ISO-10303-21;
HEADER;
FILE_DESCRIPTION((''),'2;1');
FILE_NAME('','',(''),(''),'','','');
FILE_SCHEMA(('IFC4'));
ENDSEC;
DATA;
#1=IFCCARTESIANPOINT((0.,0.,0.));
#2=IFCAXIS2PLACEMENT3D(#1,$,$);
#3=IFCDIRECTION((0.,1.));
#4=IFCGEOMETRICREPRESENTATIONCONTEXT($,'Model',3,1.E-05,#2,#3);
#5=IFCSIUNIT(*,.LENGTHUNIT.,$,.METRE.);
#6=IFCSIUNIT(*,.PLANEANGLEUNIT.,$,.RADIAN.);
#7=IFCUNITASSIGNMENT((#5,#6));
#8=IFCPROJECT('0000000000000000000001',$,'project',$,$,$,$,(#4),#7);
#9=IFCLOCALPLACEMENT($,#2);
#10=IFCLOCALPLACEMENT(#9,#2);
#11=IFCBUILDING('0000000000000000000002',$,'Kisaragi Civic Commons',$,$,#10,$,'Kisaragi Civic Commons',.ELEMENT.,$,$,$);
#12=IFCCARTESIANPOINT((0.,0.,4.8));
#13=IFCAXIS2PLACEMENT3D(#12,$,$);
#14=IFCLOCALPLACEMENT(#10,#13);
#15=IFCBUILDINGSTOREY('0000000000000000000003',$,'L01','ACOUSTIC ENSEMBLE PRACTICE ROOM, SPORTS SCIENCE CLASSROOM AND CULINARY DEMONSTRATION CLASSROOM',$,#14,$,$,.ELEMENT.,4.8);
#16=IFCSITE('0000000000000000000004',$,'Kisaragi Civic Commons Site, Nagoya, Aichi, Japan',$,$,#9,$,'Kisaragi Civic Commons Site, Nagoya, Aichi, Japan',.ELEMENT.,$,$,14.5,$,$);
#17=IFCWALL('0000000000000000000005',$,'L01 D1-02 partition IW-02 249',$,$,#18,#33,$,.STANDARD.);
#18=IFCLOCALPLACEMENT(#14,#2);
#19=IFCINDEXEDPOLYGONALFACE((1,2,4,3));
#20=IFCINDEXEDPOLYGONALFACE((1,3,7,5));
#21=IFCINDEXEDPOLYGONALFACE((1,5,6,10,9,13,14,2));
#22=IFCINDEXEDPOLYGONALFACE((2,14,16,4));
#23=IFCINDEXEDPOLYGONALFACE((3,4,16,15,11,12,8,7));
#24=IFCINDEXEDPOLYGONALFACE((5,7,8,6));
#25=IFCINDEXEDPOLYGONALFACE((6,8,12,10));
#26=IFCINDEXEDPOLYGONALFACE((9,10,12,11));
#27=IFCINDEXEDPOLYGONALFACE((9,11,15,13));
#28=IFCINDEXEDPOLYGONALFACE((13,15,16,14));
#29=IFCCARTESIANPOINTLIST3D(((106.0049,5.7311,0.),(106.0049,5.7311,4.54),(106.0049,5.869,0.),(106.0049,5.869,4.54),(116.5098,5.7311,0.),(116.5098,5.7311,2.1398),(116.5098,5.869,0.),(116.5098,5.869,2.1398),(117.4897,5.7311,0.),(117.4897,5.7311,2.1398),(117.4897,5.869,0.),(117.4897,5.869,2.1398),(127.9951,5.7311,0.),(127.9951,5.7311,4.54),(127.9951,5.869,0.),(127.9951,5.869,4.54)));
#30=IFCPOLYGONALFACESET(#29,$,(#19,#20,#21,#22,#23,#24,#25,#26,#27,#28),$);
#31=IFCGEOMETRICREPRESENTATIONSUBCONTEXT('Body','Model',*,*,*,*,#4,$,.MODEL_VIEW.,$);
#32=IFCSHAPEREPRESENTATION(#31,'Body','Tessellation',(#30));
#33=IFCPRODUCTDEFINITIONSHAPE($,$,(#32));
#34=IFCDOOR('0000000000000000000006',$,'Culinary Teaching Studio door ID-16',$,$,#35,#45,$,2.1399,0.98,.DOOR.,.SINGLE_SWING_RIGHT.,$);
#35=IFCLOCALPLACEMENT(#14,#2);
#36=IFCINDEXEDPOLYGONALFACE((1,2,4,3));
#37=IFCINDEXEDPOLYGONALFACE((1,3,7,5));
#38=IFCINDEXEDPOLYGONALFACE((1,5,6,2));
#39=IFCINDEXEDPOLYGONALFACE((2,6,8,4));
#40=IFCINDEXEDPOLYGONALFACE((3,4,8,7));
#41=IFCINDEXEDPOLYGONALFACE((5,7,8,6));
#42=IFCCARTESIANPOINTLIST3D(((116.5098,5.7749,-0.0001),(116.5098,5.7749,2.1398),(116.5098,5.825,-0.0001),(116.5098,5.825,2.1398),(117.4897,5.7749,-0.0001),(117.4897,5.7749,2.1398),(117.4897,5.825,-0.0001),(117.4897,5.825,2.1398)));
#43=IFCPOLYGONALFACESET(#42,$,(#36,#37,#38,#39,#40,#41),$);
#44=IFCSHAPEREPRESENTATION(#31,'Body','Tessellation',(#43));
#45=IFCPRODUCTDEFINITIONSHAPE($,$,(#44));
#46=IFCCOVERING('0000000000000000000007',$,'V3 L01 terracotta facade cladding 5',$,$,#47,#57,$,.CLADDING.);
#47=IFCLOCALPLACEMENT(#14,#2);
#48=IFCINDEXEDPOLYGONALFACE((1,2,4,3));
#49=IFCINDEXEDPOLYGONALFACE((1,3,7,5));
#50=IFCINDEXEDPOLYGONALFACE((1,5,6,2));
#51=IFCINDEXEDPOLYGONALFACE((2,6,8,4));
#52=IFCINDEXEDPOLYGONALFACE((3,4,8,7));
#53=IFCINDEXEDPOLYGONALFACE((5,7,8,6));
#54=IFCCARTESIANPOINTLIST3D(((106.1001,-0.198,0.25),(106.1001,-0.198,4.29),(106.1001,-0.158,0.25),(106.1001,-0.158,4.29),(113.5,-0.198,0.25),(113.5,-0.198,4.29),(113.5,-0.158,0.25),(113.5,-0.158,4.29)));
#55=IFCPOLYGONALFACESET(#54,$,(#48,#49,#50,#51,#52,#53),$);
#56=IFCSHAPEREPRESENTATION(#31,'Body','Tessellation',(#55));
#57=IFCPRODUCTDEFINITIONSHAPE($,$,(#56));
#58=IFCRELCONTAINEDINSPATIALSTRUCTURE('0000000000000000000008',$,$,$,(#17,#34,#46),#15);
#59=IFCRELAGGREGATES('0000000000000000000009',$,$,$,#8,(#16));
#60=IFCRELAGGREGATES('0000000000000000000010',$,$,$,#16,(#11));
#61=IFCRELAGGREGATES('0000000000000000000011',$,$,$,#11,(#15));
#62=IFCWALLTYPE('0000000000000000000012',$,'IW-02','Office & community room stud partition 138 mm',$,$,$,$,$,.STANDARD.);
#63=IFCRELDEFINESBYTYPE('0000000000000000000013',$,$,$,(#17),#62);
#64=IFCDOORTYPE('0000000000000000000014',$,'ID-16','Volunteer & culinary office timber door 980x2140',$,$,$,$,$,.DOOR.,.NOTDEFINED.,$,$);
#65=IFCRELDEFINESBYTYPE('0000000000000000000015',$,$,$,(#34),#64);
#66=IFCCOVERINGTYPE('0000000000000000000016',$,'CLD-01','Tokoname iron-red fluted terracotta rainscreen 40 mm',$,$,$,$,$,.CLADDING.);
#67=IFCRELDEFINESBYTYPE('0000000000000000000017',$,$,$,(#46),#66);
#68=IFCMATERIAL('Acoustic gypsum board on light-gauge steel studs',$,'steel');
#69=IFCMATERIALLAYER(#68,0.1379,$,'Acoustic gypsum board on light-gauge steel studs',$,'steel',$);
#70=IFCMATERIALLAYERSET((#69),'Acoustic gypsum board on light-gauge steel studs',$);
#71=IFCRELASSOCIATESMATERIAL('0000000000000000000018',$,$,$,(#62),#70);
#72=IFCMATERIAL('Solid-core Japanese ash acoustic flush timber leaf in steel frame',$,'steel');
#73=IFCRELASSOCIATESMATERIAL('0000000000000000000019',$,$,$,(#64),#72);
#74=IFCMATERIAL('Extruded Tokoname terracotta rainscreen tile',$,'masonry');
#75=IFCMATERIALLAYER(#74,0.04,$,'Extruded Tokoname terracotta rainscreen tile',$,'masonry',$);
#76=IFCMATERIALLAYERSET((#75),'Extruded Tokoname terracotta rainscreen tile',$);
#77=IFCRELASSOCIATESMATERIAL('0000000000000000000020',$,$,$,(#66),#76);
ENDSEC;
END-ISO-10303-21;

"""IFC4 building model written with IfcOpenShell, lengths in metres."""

from ifc_helpers import new_model, si_unit, direction, frame, frame_2d, origin, origin_2d, place, context, subcontext, project, spatial, rectangle, extrude, material, layer, layer_set, type_object, element, fill, save


model = new_model("IFC4")

# Units and contexts
model_context = context("Model", 3, precision=1e-05, world=origin(), true_north=direction((0.0, 1.0)))
body_context = subcontext(model_context, "Body", "Model", "MODEL_VIEW")
ifc_project = project(units=[si_unit("LENGTHUNIT", "METRE"), si_unit("PLANEANGLEUNIT", "RADIAN")], contexts=[model_context])

# Site, building, storey
site_placement = place(None, origin())
site = spatial("IfcSite", under=ifc_project, at=site_placement, Name="Kisaragi Civic Commons Site, Nagoya, Aichi, Japan", LongName="Kisaragi Civic Commons Site, Nagoya, Aichi, Japan", CompositionType="ELEMENT", RefElevation=14.5)
building_placement = place(site_placement, origin())
building = spatial("IfcBuilding", under=site, at=building_placement, Name="Kisaragi Civic Commons", LongName="Kisaragi Civic Commons", CompositionType="ELEMENT")
storey_placement = place(building_placement, frame((0.0, 0.0, 4.8)))
storey = spatial("IfcBuildingStorey", under=building, at=storey_placement, Name="L01", Description="ACOUSTIC ENSEMBLE PRACTICE ROOM, SPORTS SCIENCE CLASSROOM AND CULINARY DEMONSTRATION CLASSROOM", CompositionType="ELEMENT", Elevation=4.8)

# Shared definitions
ifc_material_1 = material(Name="Acoustic gypsum board on light-gauge steel studs", Category="steel")
ifc_layer_1 = layer(ifc_material_1, 0.1379, Name="Acoustic gypsum board on light-gauge steel studs", Category="steel")
ifc_layer_set_1 = layer_set([ifc_layer_1], Name="Acoustic gypsum board on light-gauge steel studs")
wall_type_1 = type_object("IfcWallType", Name="IW-02", Description="Office & community room stud partition 138 mm", PredefinedType="STANDARD", material=ifc_layer_set_1)

# Wall, opening, door
wall_1_placement = place(storey_placement, frame((106.0049, 5.8, 0.0), z_axis=(0.0, 0.0, 1.0), x_axis=(1.0, 0.0, 0.0)))
wall_1 = element("IfcWall", 1, at=wall_1_placement, inside=storey, type_object=wall_type_1, Name="L01 D1-02 partition IW-02 249", PredefinedType="STANDARD", context=body_context, shape_type="SweptSolid", body=[
    extrude(rectangle(XDim=21.9902, YDim=0.1379, at=frame_2d((10.9951, 0.0))), origin(), (0.0, 0.0, 1.0), 4.54),
])
opening_placement = place(wall_1_placement, frame((10.5049, 0.0, 0.0)))
opening = element("IfcOpeningElement", 2, at=opening_placement, cuts=wall_1, PredefinedType="OPENING", context=body_context, shape_type="SweptSolid", body=[
    extrude(rectangle(XDim=0.98, YDim=2.1399, at=frame_2d((0.49, 1.0698))), frame((0.0, 0.0789, 0.0), z_axis=(0.0, -1.0, 0.0), x_axis=(1.0, 0.0, 0.0)), (0.0, 0.0, 1.0), 0.158),
])
ifc_material_2 = material(Name="Solid-core Japanese ash acoustic flush timber leaf in steel frame", Category="steel")
door_type = type_object("IfcDoorType", Name="ID-16", Description="Volunteer & culinary office timber door 980x2140", OperationType="NOTDEFINED", PredefinedType="DOOR", material=ifc_material_2)
door_placement = place(opening_placement, origin())
door = element("IfcDoor", 3, at=door_placement, inside=storey, type_object=door_type, Name="Culinary Teaching Studio door ID-16", OperationType="SINGLE_SWING_RIGHT", OverallHeight=2.1399, OverallWidth=0.98, PredefinedType="DOOR", context=body_context, shape_type="SweptSolid", body=[
    extrude(rectangle(XDim=0.98, YDim=2.1399, at=frame_2d((0.49, 1.0698))), frame((0.0, 0.0249, 0.0), z_axis=(0.0, -1.0, 0.0), x_axis=(1.0, 0.0, 0.0)), (0.0, 0.0, 1.0), 0.05),
])
fill(opening, door)

# Covering
ifc_material_3 = material(Name="Extruded Tokoname terracotta rainscreen tile", Category="masonry")
ifc_layer_2 = layer(ifc_material_3, 0.04, Name="Extruded Tokoname terracotta rainscreen tile", Category="masonry")
ifc_layer_set_2 = layer_set([ifc_layer_2], Name="Extruded Tokoname terracotta rainscreen tile")
covering_type = type_object("IfcCoveringType", Name="CLD-01", Description="Tokoname iron-red fluted terracotta rainscreen 40 mm", PredefinedType="CLADDING", material=ifc_layer_set_2)
covering_placement = place(storey_placement, frame((109.8, -0.178, 0.25), z_axis=(0.0, 0.0, 1.0), x_axis=(-1.0, 0.0, 0.0)))
element("IfcCovering", 4, at=covering_placement, inside=storey, type_object=covering_type, Name="V3 L01 terracotta facade cladding 5", PredefinedType="CLADDING", context=body_context, shape_type="SweptSolid", body=[
    extrude(rectangle(XDim=7.3999, YDim=0.04, at=origin_2d()), origin(), (0.0, 0.0, 1.0), 4.04),
])

save(model, "model.ifc")
